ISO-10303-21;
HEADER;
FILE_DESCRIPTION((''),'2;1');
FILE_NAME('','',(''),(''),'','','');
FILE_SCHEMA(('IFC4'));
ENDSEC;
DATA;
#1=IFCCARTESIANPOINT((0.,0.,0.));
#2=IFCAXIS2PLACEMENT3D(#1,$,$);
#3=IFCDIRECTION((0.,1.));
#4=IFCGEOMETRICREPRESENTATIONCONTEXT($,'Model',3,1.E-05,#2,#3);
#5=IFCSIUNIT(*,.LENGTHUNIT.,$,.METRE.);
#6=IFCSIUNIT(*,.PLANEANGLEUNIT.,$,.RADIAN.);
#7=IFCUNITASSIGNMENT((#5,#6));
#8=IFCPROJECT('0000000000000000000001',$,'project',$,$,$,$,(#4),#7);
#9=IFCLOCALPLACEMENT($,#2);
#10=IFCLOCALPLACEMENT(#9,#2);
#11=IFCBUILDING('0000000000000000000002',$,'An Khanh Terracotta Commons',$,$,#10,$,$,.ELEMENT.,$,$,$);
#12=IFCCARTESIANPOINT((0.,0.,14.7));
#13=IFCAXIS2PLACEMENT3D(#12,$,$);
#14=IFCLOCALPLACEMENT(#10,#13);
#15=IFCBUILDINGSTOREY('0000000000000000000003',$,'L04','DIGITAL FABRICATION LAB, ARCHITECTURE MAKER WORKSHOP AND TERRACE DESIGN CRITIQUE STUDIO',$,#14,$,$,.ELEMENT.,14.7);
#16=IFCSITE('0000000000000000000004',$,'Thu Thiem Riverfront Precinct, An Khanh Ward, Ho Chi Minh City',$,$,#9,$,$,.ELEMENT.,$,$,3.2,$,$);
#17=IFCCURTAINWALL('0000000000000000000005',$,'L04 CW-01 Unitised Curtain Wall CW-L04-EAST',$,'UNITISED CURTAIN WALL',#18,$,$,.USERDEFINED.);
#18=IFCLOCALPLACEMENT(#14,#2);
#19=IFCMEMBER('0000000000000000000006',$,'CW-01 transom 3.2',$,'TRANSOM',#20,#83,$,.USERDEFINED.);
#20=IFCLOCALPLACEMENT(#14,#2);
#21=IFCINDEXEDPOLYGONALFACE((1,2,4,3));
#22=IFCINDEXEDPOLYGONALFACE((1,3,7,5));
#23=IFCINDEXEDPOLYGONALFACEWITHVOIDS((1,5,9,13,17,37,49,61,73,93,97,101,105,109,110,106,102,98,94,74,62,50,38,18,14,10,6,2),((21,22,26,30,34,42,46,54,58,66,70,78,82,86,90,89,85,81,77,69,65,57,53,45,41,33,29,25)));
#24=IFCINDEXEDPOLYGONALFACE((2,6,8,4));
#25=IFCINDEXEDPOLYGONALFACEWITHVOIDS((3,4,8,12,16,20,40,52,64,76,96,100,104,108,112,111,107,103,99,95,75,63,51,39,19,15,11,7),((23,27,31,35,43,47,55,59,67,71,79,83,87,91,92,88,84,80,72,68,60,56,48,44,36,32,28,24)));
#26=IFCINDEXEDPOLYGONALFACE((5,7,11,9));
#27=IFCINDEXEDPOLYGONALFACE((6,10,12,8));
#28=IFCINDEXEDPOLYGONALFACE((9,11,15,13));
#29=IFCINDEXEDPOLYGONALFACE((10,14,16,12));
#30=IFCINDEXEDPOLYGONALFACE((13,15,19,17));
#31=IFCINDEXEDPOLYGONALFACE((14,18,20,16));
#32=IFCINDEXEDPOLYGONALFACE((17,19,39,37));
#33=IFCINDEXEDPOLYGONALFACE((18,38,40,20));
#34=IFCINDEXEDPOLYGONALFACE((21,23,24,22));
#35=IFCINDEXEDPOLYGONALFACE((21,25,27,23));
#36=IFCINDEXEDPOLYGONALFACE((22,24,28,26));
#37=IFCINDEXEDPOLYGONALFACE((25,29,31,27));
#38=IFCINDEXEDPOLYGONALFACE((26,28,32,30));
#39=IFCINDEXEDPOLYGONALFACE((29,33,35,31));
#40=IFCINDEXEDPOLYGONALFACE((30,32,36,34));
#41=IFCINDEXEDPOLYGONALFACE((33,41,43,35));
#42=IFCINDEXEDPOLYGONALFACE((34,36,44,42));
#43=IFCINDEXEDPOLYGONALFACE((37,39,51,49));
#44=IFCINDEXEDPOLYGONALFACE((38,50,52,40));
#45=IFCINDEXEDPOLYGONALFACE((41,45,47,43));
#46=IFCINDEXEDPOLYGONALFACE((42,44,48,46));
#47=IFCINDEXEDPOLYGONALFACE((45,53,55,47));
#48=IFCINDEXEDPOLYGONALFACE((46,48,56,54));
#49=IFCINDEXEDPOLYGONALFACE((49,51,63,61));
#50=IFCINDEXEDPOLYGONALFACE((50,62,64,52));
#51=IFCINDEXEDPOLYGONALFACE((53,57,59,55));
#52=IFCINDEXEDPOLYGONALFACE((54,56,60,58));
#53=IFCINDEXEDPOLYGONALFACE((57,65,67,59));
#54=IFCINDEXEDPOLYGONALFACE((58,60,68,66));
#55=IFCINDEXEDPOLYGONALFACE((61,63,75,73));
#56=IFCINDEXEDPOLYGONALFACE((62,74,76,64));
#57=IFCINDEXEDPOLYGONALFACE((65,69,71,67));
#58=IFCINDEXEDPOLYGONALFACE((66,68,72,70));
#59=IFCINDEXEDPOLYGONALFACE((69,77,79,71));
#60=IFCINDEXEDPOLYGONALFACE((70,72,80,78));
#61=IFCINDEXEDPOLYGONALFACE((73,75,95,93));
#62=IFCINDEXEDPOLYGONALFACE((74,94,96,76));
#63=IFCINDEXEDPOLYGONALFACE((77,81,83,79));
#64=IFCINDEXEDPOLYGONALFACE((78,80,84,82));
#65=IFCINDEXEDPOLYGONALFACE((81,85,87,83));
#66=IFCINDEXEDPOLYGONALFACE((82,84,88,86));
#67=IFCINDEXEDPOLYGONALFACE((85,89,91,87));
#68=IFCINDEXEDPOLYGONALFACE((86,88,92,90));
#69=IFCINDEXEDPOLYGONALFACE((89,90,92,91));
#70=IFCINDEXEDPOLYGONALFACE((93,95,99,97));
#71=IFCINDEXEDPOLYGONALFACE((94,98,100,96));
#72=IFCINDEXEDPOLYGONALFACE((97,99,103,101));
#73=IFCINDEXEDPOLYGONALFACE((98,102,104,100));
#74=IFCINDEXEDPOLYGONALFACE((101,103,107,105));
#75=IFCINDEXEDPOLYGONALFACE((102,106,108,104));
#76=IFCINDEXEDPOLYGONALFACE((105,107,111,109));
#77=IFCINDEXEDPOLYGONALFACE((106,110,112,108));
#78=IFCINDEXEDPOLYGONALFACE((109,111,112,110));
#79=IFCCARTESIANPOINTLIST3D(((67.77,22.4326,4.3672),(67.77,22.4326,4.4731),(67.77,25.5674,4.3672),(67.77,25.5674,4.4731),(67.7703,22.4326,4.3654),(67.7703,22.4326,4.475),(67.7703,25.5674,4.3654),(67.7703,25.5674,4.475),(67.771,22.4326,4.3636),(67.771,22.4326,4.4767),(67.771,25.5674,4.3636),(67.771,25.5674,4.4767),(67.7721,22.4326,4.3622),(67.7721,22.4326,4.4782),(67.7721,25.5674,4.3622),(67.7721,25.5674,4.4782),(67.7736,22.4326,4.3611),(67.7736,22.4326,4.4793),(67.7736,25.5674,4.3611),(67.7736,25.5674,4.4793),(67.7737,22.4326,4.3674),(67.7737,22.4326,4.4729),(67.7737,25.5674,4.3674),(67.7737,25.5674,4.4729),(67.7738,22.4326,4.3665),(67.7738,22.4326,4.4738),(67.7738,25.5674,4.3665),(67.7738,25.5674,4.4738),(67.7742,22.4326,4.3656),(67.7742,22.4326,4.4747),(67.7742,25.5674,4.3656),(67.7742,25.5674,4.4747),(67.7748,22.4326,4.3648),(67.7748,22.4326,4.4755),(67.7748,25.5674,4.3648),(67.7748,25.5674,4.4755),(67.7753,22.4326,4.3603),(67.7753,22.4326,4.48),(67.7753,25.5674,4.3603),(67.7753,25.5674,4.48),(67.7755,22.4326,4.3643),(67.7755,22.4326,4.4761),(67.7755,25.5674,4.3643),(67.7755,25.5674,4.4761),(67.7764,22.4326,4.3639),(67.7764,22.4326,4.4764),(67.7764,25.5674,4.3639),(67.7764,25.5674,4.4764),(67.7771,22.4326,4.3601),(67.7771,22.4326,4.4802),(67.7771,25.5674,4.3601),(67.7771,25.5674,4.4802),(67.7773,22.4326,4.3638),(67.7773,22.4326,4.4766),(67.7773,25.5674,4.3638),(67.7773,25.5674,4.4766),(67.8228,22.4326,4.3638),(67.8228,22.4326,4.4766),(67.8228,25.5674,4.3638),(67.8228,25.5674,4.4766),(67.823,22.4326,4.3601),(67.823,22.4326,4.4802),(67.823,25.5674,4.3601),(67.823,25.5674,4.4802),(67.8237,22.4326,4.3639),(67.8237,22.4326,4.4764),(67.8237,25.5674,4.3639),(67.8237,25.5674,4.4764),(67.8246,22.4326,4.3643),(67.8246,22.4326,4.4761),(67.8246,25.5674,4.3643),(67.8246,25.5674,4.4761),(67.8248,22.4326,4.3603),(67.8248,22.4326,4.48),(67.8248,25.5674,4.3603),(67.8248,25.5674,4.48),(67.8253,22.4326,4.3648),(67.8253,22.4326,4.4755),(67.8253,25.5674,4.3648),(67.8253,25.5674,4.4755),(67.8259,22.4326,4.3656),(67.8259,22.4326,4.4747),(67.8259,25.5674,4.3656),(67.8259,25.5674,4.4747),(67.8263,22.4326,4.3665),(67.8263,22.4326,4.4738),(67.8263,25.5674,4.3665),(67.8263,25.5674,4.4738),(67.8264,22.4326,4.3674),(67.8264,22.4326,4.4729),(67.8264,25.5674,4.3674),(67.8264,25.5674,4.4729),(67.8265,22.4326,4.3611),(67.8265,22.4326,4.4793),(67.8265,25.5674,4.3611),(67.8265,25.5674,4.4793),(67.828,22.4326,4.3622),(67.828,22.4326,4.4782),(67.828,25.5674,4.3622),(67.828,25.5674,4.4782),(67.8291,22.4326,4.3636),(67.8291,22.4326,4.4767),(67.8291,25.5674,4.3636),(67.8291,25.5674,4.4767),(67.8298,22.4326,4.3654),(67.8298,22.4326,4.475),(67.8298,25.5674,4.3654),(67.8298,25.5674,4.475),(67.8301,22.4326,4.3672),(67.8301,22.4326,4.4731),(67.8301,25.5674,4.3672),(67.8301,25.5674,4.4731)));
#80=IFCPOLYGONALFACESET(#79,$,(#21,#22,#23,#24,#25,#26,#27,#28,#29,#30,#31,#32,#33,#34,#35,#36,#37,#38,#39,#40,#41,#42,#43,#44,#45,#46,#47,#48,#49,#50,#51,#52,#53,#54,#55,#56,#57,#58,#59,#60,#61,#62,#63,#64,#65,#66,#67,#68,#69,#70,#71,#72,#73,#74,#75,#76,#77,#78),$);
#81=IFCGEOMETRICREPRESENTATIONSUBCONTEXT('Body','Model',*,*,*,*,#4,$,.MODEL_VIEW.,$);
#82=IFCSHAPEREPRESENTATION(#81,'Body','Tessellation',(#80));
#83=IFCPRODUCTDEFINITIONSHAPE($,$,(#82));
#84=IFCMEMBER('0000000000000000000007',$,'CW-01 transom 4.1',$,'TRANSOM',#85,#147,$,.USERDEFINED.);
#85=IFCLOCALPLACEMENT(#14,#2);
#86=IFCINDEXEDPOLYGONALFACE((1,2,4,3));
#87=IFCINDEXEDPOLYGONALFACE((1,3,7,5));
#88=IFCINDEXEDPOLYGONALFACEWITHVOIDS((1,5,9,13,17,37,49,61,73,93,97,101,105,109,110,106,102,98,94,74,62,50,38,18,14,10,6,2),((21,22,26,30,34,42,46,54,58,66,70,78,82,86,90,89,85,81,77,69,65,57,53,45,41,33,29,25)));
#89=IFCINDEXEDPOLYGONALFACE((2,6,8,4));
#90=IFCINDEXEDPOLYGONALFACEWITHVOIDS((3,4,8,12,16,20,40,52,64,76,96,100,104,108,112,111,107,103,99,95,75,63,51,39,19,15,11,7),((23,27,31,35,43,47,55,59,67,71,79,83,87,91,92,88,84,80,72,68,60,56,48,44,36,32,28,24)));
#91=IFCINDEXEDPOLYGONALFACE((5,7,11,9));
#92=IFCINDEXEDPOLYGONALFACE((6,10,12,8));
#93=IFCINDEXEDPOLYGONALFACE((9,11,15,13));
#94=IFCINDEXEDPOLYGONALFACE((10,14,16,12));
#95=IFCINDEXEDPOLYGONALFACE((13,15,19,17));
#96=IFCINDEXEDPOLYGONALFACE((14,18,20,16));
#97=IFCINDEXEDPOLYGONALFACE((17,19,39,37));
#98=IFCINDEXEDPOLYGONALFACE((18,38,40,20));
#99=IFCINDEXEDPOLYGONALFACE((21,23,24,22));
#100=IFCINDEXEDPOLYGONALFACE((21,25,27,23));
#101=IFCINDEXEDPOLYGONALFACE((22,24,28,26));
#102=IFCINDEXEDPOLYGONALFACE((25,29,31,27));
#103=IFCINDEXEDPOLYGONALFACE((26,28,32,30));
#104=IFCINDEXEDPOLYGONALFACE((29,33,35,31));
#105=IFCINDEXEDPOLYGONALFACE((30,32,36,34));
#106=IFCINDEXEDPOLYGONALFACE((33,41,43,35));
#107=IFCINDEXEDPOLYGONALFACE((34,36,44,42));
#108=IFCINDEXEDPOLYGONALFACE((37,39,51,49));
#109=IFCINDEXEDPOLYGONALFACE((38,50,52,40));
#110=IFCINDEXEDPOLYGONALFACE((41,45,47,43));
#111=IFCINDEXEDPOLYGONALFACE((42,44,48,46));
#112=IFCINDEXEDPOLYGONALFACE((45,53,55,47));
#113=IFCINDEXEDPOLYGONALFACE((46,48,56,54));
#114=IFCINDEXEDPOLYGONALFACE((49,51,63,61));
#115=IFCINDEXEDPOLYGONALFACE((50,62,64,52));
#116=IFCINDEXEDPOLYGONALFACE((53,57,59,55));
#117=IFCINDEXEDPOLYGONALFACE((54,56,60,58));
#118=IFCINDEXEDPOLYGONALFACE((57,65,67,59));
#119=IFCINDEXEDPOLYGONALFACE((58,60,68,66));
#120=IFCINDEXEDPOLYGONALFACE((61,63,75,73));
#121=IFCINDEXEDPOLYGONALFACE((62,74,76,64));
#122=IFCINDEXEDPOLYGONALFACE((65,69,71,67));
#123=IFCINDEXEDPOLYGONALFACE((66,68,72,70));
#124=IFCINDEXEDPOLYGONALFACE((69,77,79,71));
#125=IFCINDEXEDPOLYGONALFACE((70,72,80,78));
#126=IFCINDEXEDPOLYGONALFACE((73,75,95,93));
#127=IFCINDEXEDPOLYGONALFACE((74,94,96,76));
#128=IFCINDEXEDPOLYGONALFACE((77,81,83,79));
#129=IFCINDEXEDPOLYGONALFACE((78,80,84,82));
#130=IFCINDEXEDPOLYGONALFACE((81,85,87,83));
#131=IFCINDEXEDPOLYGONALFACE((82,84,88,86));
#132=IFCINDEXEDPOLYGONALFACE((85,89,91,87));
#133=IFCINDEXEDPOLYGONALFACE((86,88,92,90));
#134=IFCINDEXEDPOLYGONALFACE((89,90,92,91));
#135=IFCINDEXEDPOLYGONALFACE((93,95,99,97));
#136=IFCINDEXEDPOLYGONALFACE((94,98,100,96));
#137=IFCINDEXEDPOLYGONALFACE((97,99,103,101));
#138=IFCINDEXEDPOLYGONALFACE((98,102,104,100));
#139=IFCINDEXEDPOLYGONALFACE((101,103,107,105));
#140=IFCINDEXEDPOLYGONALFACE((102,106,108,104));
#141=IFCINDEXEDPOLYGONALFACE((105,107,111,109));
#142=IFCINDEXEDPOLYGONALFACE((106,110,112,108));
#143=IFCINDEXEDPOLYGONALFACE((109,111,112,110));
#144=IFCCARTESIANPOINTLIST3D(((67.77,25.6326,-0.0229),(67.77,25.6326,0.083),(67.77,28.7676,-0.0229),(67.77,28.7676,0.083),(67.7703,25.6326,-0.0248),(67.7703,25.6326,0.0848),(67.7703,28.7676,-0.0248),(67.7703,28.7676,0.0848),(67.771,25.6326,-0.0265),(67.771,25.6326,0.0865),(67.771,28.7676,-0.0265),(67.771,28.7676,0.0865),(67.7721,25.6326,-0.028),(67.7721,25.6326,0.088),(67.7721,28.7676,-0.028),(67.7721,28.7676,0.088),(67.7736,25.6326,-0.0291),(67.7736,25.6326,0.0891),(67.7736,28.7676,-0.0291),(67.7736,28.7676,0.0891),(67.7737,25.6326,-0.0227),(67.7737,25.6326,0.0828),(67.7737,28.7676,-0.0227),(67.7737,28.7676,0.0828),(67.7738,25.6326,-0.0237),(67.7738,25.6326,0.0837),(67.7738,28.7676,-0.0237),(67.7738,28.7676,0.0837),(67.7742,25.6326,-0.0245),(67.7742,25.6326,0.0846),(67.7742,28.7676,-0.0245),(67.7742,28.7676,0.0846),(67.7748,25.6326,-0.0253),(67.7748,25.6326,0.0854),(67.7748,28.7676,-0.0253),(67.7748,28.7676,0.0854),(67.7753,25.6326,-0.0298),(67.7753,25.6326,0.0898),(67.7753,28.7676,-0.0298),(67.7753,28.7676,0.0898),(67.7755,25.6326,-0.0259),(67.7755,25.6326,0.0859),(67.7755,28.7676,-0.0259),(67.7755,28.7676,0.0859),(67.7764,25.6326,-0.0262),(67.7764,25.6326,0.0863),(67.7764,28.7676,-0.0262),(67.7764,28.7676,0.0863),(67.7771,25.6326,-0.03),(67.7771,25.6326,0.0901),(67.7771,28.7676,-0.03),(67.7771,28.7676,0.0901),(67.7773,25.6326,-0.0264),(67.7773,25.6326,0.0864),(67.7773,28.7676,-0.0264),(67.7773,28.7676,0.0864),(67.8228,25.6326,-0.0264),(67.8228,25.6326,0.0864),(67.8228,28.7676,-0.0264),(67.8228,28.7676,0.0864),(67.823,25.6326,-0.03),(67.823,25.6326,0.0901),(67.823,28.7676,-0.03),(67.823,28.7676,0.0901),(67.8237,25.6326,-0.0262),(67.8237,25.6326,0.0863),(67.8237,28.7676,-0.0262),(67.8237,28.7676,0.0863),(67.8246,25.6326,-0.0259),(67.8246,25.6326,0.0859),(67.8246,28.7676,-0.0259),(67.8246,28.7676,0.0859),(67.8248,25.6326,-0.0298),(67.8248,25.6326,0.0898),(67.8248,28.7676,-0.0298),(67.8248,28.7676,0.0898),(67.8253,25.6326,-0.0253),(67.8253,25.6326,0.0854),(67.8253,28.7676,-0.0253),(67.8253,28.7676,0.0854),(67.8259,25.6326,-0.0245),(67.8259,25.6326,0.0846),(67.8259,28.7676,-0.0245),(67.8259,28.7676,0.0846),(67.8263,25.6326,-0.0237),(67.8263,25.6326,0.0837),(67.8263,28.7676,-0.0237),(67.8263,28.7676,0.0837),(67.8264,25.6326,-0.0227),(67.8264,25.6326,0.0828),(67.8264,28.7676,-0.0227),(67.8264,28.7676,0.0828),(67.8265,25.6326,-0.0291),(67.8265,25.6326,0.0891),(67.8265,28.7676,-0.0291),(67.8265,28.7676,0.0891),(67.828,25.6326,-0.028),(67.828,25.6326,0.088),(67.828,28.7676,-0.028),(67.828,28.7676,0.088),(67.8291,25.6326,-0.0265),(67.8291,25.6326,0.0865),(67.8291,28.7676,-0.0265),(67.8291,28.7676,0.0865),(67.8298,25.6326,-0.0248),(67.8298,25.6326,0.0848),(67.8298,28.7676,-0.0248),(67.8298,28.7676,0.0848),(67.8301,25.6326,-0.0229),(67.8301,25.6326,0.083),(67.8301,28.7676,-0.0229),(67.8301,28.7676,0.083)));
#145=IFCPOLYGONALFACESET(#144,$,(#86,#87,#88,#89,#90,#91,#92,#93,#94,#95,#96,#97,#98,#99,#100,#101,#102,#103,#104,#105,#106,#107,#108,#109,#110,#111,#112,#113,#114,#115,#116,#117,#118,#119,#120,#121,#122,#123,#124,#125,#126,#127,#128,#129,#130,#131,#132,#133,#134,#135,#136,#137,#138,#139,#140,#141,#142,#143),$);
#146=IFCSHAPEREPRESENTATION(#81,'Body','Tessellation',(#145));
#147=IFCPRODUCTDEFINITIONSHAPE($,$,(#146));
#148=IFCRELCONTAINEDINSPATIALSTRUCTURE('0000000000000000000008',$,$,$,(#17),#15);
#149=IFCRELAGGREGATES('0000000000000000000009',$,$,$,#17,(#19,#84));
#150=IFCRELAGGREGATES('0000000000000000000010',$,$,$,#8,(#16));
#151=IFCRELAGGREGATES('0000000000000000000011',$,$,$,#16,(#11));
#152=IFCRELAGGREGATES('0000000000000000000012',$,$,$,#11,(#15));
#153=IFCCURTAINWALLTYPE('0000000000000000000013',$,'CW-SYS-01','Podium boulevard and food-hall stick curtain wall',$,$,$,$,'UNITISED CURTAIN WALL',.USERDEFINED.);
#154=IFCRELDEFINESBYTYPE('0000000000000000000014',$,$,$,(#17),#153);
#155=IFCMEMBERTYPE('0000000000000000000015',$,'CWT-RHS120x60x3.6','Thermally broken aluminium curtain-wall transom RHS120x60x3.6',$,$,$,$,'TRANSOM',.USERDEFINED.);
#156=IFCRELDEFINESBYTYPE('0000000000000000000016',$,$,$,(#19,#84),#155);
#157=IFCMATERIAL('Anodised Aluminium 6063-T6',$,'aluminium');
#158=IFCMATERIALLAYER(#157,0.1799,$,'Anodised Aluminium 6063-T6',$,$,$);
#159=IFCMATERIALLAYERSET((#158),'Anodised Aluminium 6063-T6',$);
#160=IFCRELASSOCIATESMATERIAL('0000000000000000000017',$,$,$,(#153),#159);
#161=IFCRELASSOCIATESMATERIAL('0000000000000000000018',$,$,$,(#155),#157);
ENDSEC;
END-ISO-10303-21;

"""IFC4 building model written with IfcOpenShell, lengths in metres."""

from ifc_helpers import new_model, si_unit, direction, frame, origin, origin_2d, place, context, subcontext, project, spatial, hollow_rectangle, extrude, material, layer, layer_set, material_profile, profile_set, type_object, element, aggregate, save


model = new_model("IFC4")

# Units and contexts
model_context = context("Model", 3, precision=1e-05, world=origin(), true_north=direction((0.0, 1.0)))
body_context = subcontext(model_context, "Body", "Model", "MODEL_VIEW")
ifc_project = project(units=[si_unit("LENGTHUNIT", "METRE"), si_unit("PLANEANGLEUNIT", "RADIAN")], contexts=[model_context])

# Site, building, storey
site_placement = place(None, origin())
site = spatial("IfcSite", under=ifc_project, at=site_placement, Name="Thu Thiem Riverfront Precinct, An Khanh Ward, Ho Chi Minh City", CompositionType="ELEMENT", RefElevation=3.2)
building_placement = place(site_placement, origin())
building = spatial("IfcBuilding", under=site, at=building_placement, Name="An Khanh Terracotta Commons", CompositionType="ELEMENT")
storey_placement = place(building_placement, frame((0.0, 0.0, 14.7)))
storey = spatial("IfcBuildingStorey", under=building, at=storey_placement, Name="L04", Description="DIGITAL FABRICATION LAB, ARCHITECTURE MAKER WORKSHOP AND TERRACE DESIGN CRITIQUE STUDIO", CompositionType="ELEMENT", Elevation=14.7)

# Curtain wall, members
ifc_material_1 = material(Name="Anodised Aluminium 6063-T6", Category="aluminium")
ifc_layer_1 = layer(ifc_material_1, 0.1799, Name="Anodised Aluminium 6063-T6")
ifc_layer_set_1 = layer_set([ifc_layer_1], Name="Anodised Aluminium 6063-T6")
curtain_wall_type = type_object("IfcCurtainWallType", Name="CW-SYS-01", Description="Podium boulevard and food-hall stick curtain wall", ElementType="UNITISED CURTAIN WALL", PredefinedType="USERDEFINED", material=ifc_layer_set_1)
curtain_wall_placement = place(storey_placement, origin())
curtain_wall = element("IfcCurtainWall", 1, at=curtain_wall_placement, inside=storey, type_object=curtain_wall_type, Name="L04 CW-01 Unitised Curtain Wall CW-L04-EAST", ObjectType="UNITISED CURTAIN WALL", PredefinedType="USERDEFINED")
ifc_material_profile_1 = material_profile(ifc_material_1, hollow_rectangle(XDim=0.0601, YDim=0.1201, WallThickness=0.0037, InnerFilletRadius=0.0037, OuterFilletRadius=0.0071, at=origin_2d()), Name="RHS120x60x3.6")
ifc_profile_set_1 = profile_set([ifc_material_profile_1], Name="Anodised Aluminium 6063-T6")
member_type_1 = type_object("IfcMemberType", Name="CWT-RHS120x60x3.6", Description="Thermally broken aluminium curtain-wall transom RHS120x60x3.6", ElementType="TRANSOM", PredefinedType="USERDEFINED", material=ifc_profile_set_1)
member_1_placement = place(storey_placement, frame((67.8, 22.4326, 4.4202), z_axis=(0.0, 1.0, 0.0), x_axis=(-1.0, 0.0, 0.0)))
member_1 = element("IfcMember", 2, at=member_1_placement, type_object=member_type_1, Name="CW-01 transom 3.2", ObjectType="TRANSOM", PredefinedType="USERDEFINED", context=body_context, shape_type="SweptSolid", body=[
    extrude(hollow_rectangle(XDim=0.0601, YDim=0.1201, WallThickness=0.0037, InnerFilletRadius=0.0037, OuterFilletRadius=0.0071, at=origin_2d()), origin(), (0.0, 0.0, 1.0), 3.1348),
])
member_2_placement = place(storey_placement, frame((67.8, 25.6326, 0.03), z_axis=(0.0, 1.0, 0.0), x_axis=(-1.0, 0.0, 0.0)))
member_2 = element("IfcMember", 3, at=member_2_placement, type_object=member_type_1, Name="CW-01 transom 4.1", ObjectType="TRANSOM", PredefinedType="USERDEFINED", context=body_context, shape_type="SweptSolid", body=[
    extrude(hollow_rectangle(XDim=0.0601, YDim=0.1201, WallThickness=0.0037, InnerFilletRadius=0.0037, OuterFilletRadius=0.0071, at=origin_2d()), origin(), (0.0, 0.0, 1.0), 3.135),
])
aggregate(curtain_wall, [member_1, member_2])

save(model, "model.ifc")
